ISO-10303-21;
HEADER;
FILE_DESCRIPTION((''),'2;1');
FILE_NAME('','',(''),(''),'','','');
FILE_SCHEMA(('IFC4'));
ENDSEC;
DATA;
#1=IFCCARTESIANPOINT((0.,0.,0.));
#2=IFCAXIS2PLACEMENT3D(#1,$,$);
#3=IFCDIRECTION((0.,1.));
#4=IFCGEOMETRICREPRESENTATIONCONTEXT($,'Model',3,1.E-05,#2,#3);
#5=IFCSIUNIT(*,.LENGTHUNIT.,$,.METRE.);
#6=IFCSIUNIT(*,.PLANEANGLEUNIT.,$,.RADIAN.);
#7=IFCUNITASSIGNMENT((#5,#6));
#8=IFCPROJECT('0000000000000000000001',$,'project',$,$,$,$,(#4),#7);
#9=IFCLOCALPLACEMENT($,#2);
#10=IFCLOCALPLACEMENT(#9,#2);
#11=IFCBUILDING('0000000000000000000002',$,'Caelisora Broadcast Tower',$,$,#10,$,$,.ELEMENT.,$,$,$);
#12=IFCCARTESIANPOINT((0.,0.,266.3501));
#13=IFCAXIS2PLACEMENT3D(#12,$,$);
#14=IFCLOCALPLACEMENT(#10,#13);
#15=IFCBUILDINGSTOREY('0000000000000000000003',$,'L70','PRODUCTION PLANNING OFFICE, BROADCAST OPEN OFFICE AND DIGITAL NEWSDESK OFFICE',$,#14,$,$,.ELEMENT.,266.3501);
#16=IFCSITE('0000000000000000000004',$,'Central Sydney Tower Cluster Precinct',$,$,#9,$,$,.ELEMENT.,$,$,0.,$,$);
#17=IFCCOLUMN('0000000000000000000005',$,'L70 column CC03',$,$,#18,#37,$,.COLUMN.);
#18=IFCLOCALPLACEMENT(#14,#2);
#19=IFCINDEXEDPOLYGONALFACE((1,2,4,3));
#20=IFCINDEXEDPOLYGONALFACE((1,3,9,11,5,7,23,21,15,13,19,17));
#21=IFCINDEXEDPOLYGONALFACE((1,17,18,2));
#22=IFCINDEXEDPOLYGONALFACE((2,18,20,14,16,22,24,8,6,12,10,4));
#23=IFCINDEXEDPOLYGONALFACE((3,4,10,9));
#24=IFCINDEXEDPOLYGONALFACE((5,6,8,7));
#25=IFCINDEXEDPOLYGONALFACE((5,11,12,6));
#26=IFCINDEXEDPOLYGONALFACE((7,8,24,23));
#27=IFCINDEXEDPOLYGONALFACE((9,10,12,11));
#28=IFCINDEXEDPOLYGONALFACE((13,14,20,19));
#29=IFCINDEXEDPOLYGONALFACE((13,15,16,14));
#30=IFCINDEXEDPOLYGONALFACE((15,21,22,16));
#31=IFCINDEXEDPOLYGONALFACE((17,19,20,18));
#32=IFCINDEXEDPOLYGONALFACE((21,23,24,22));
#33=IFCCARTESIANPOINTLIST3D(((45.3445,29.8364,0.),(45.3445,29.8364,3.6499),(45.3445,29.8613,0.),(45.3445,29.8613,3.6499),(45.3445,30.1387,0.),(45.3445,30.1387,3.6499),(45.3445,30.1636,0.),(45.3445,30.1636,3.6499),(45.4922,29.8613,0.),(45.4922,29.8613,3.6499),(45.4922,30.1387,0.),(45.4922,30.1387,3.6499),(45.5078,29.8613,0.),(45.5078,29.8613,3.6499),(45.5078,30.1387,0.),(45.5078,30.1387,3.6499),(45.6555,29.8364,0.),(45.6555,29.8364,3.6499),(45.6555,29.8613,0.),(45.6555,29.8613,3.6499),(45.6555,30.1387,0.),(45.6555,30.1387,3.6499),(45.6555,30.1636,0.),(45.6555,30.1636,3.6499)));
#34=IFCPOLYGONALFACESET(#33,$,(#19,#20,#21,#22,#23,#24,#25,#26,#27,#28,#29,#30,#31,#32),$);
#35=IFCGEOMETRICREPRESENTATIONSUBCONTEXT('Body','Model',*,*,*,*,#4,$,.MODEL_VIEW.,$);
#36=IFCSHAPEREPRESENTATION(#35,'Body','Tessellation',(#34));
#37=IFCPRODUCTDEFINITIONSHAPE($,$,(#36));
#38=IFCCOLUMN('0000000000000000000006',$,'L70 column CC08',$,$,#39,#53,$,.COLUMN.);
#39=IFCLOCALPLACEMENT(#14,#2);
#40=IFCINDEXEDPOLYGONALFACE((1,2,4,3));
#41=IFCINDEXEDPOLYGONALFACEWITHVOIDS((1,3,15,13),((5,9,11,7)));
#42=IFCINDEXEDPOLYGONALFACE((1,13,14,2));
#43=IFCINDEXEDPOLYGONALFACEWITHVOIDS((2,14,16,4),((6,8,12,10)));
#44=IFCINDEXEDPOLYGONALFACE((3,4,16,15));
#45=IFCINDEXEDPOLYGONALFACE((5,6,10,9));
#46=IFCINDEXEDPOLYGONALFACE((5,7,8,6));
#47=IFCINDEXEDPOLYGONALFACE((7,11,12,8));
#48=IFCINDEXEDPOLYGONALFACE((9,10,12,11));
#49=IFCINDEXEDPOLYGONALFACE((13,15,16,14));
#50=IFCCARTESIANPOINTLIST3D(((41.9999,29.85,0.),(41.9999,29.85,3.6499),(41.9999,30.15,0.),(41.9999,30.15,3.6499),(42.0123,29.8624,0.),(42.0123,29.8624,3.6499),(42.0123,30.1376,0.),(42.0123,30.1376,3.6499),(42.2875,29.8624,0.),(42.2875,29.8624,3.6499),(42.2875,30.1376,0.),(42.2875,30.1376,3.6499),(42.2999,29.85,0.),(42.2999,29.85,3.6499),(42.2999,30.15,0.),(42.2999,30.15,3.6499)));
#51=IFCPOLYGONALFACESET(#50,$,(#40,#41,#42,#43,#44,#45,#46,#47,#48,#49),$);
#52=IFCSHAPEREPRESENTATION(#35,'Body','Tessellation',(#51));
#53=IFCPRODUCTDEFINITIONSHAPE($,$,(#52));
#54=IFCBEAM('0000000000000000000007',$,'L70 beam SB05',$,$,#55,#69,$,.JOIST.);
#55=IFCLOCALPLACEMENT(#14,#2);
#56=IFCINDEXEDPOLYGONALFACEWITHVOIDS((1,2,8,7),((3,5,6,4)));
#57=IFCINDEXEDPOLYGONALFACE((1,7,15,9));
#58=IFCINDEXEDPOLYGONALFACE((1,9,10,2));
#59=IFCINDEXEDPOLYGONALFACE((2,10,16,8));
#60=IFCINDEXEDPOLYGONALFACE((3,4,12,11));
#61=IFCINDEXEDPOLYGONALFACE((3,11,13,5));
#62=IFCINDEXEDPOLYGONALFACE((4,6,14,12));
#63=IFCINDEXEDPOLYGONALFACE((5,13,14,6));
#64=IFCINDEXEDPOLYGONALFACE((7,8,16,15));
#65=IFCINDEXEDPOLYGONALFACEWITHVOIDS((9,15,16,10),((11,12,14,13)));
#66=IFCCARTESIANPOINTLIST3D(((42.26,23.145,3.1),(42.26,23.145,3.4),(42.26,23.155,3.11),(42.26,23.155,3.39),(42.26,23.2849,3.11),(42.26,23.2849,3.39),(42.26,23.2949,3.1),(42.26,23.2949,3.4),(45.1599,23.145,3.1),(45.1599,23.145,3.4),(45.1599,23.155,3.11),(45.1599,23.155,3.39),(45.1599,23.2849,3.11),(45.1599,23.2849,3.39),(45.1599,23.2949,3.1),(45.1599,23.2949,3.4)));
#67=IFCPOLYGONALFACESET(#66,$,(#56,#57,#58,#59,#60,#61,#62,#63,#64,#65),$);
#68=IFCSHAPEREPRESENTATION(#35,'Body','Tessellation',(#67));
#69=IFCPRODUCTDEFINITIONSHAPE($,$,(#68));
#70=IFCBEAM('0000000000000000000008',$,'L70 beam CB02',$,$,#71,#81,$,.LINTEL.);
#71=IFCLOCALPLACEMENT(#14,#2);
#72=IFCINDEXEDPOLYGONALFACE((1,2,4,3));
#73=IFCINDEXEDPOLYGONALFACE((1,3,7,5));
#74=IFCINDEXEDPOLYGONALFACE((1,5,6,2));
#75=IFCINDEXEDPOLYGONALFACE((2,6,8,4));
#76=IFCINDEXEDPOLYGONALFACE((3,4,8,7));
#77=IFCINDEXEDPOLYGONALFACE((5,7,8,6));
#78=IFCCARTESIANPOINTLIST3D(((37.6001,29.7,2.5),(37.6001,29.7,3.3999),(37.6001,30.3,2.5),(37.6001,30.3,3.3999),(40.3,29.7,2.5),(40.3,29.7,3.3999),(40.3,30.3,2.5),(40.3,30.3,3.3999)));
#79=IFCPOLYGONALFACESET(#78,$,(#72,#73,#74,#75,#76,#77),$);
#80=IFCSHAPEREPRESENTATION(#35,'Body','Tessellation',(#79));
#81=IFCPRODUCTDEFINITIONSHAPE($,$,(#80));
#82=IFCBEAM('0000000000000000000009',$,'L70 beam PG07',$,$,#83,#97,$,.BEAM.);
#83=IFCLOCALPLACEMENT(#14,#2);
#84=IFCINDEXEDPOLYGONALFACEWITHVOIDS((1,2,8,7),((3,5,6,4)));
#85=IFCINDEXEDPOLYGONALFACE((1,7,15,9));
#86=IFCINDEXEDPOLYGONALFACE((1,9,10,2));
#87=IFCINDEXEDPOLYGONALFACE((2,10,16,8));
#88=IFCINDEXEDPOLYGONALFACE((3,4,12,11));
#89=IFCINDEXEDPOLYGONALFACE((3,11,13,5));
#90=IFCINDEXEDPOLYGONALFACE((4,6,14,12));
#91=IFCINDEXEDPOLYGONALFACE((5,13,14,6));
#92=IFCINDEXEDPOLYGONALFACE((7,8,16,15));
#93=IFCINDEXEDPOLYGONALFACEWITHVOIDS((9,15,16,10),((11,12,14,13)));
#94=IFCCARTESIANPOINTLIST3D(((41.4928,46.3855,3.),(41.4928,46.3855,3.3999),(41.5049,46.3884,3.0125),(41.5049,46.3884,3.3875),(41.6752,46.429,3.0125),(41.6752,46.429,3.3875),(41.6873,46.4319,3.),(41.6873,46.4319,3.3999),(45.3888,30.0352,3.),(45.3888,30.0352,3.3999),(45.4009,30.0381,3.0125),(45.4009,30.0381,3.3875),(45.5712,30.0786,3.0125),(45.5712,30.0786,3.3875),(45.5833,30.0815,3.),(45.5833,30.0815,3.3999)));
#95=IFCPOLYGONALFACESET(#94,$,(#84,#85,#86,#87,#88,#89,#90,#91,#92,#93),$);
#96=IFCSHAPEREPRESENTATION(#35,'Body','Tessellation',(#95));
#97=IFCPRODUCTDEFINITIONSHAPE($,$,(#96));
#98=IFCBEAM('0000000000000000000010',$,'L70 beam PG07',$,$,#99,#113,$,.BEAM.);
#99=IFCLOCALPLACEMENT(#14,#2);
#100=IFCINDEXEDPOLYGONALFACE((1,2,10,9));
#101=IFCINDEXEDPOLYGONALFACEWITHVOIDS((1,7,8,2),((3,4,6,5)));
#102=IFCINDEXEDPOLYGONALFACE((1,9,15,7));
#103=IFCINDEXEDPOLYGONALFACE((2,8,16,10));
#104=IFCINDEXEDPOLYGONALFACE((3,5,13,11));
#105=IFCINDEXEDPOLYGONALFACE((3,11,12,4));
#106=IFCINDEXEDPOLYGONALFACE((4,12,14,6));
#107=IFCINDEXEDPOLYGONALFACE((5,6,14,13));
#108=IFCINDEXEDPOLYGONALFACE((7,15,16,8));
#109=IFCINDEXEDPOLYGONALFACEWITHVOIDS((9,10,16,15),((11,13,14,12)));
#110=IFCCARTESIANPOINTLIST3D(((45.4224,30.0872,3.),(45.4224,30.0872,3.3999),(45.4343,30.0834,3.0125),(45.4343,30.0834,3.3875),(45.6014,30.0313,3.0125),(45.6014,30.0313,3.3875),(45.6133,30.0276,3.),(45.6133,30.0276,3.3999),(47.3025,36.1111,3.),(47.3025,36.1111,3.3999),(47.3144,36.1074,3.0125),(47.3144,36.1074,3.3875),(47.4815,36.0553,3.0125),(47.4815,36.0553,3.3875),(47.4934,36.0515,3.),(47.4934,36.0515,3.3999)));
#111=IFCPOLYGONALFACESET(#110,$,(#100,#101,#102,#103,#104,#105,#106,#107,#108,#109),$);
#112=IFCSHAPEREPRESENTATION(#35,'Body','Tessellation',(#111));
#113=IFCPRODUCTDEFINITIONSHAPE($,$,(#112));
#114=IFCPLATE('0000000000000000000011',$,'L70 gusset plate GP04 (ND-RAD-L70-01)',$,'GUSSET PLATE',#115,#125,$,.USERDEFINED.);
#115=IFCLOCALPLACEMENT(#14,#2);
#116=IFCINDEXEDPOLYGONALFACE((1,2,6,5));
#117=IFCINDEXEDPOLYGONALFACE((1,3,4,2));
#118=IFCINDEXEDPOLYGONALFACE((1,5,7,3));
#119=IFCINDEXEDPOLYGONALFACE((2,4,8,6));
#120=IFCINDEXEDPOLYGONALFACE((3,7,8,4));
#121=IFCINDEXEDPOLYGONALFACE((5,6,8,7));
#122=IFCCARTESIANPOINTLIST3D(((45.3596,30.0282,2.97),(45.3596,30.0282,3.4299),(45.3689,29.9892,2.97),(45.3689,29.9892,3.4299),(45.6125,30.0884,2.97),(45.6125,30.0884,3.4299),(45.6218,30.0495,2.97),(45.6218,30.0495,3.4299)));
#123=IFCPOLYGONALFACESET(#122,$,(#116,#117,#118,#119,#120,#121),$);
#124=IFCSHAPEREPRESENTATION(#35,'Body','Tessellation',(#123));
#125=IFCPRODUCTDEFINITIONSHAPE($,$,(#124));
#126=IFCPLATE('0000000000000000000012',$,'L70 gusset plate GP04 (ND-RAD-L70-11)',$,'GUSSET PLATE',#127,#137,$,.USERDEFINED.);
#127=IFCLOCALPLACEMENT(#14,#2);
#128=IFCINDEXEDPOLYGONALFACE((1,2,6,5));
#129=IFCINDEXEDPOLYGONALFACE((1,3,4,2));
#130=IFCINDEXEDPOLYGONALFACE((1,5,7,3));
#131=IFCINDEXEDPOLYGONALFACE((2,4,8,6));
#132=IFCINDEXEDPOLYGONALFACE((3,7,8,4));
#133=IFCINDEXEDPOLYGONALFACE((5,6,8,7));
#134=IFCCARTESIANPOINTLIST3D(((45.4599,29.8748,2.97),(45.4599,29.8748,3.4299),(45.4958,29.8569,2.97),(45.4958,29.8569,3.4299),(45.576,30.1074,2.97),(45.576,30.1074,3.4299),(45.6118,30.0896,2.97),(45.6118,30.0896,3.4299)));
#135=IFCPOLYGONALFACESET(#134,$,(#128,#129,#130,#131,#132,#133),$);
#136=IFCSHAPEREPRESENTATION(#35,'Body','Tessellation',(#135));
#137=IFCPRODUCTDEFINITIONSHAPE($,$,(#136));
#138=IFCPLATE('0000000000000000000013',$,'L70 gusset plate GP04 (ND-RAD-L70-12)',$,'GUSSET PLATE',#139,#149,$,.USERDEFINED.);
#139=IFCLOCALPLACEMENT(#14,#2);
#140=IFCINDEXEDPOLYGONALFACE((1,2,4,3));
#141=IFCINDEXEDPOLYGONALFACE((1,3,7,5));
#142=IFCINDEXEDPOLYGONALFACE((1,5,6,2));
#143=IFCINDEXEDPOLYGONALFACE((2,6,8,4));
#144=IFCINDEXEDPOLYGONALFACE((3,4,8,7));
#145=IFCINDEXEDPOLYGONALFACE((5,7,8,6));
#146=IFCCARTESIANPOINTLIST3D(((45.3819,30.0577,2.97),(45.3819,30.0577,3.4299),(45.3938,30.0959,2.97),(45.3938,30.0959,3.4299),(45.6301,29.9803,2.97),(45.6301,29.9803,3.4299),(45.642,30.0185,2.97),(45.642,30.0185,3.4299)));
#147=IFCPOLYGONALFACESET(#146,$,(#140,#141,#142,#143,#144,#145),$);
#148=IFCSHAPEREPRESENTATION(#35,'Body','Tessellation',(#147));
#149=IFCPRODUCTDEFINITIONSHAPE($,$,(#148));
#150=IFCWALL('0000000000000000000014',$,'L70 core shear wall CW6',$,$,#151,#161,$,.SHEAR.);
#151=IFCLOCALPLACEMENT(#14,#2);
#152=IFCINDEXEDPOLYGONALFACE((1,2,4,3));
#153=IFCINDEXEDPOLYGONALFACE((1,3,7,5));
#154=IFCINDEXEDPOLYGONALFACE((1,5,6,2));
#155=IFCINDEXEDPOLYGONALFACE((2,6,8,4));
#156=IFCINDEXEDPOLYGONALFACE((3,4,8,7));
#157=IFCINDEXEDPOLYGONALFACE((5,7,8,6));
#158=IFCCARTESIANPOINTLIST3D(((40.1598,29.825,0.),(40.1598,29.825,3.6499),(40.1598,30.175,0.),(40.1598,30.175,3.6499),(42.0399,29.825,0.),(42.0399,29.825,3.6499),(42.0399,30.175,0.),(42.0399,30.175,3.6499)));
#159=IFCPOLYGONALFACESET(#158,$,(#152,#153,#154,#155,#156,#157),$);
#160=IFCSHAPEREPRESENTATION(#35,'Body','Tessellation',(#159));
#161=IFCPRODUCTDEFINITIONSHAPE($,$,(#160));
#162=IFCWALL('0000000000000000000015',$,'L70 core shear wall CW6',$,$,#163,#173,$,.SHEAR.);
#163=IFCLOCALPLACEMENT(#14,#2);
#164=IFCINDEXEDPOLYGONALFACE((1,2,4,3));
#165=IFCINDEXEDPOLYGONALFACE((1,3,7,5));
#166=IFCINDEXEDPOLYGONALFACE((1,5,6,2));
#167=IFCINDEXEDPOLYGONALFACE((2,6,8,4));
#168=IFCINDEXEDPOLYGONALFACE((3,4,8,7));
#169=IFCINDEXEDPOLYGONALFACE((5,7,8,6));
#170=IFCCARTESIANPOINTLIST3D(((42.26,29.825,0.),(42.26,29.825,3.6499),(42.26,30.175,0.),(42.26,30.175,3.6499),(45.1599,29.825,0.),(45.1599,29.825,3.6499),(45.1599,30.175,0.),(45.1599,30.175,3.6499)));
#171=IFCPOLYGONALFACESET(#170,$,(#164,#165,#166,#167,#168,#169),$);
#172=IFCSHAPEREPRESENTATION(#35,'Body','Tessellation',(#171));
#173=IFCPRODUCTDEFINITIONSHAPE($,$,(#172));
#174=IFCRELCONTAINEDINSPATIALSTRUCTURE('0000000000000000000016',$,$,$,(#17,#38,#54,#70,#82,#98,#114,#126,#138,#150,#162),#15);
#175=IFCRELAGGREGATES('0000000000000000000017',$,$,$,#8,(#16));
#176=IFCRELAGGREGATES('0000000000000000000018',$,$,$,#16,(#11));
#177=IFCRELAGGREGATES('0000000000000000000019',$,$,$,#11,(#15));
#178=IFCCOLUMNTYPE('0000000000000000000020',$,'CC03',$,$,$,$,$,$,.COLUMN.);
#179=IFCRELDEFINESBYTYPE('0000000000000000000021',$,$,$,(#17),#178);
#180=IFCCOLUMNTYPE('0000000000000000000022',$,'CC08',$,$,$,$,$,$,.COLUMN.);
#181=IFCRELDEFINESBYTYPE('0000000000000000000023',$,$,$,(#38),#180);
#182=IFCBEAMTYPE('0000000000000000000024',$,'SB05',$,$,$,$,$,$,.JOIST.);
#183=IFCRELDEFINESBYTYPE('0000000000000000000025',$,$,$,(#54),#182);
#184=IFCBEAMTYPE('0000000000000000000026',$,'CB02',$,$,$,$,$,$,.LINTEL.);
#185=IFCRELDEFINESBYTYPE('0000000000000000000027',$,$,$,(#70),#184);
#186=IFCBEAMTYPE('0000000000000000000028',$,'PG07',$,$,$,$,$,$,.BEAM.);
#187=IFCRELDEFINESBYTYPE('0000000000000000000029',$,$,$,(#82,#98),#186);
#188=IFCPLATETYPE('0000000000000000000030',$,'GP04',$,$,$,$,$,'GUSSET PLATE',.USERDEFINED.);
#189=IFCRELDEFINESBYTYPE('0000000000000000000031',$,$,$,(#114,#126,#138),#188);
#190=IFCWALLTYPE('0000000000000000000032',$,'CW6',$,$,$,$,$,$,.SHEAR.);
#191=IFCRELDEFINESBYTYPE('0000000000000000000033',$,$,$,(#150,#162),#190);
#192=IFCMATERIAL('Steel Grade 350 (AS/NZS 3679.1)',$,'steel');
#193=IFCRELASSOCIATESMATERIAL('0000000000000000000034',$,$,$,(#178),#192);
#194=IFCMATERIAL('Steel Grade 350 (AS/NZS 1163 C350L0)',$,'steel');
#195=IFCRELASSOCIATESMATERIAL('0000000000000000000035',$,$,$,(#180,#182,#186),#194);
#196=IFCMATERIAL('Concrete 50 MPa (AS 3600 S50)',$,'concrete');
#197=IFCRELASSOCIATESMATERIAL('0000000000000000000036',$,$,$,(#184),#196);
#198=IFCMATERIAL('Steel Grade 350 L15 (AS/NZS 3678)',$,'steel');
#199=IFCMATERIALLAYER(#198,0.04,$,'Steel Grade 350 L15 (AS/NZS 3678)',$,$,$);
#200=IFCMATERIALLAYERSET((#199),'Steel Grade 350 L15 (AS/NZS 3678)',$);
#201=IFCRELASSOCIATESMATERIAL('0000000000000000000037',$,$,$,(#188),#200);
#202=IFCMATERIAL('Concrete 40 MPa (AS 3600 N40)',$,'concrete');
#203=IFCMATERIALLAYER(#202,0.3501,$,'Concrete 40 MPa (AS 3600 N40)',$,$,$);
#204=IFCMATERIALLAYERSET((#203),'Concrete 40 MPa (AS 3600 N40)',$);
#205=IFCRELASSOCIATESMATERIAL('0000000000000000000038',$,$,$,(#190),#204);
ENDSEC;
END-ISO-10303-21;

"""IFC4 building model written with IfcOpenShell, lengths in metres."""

from ifc_helpers import new_model, si_unit, direction, frame, frame_2d, origin, origin_2d, place, context, subcontext, project, spatial, rectangle, hollow_rectangle, i_section, extrude, source, transform, mapped, material, layer, layer_set, material_profile, profile_set, type_object, type_shapes, element, save


model = new_model("IFC4")

# Units and contexts
model_context = context("Model", 3, precision=1e-05, world=origin(), true_north=direction((0.0, 1.0)))
body_context = subcontext(model_context, "Body", "Model", "MODEL_VIEW")
ifc_project = project(units=[si_unit("LENGTHUNIT", "METRE"), si_unit("PLANEANGLEUNIT", "RADIAN")], contexts=[model_context])

# Site, building, storey
site_placement = place(None, origin())
site = spatial("IfcSite", under=ifc_project, at=site_placement, Name="Central Sydney Tower Cluster Precinct", CompositionType="ELEMENT", RefElevation=0.0)
building_placement = place(site_placement, origin())
building = spatial("IfcBuilding", under=site, at=building_placement, Name="Caelisora Broadcast Tower", CompositionType="ELEMENT")
storey_placement = place(building_placement, frame((0.0, 0.0, 266.3501)))
storey = spatial("IfcBuildingStorey", under=building, at=storey_placement, Name="L70", Description="PRODUCTION PLANNING OFFICE, BROADCAST OPEN OFFICE AND DIGITAL NEWSDESK OFFICE", CompositionType="ELEMENT", Elevation=266.3501)

# Columns
ifc_material_1 = material(Name="Steel Grade 350 (AS/NZS 3679.1)", Category="steel")
ifc_material_profile_1 = material_profile(ifc_material_1, i_section(OverallWidth=0.311, OverallDepth=0.3271, WebThickness=0.0156, FlangeThickness=0.0249, at=origin_2d()), Name="Steel Grade 350 (AS/NZS 3679.1)")
ifc_profile_set_1 = profile_set([ifc_material_profile_1], Name="Steel Grade 350 (AS/NZS 3679.1)")
column_type_1 = type_object("IfcColumnType", Name="CC03", PredefinedType="COLUMN", material=ifc_profile_set_1)
shared_shape_1 = source(origin(), body_context, "Body", "SweptSolid", [
    extrude(i_section(OverallWidth=0.311, OverallDepth=0.3271, WebThickness=0.0156, FlangeThickness=0.0249, at=origin_2d()), origin(), (0.0, 0.0, 1.0), 3.6499),
])
type_shapes(column_type_1, [shared_shape_1])
column_1_placement = place(storey_placement, frame((45.5, 30.0, 0.0), z_axis=(0.0, 0.0, 1.0), x_axis=(1.0, 0.0, 0.0)))
element("IfcColumn", 1, at=column_1_placement, inside=storey, type_object=column_type_1, Name="L70 column CC03", PredefinedType="COLUMN", context=body_context, shape_type="MappedRepresentation", body=[
    mapped(shared_shape_1, transform((0.0, 0.0, 0.0), scale=1.0)),
])
ifc_material_2 = material(Name="Steel Grade 350 (AS/NZS 1163 C350L0)", Category="steel")
ifc_material_profile_2 = material_profile(ifc_material_2, hollow_rectangle(XDim=0.3, YDim=0.3, WallThickness=0.0125, at=origin_2d()), Name="Steel Grade 350 (AS/NZS 1163 C350L0)")
ifc_profile_set_2 = profile_set([ifc_material_profile_2], Name="Steel Grade 350 (AS/NZS 1163 C350L0)")
column_type_2 = type_object("IfcColumnType", Name="CC08", PredefinedType="COLUMN", material=ifc_profile_set_2)
shared_shape_2 = source(origin(), body_context, "Body", "SweptSolid", [
    extrude(hollow_rectangle(XDim=0.3, YDim=0.3, WallThickness=0.0125, at=origin_2d()), origin(), (0.0, 0.0, 1.0), 3.6499),
])
type_shapes(column_type_2, [shared_shape_2])
column_2_placement = place(storey_placement, frame((42.1499, 30.0, 0.0), z_axis=(0.0, 0.0, 1.0), x_axis=(1.0, 0.0, 0.0)))
element("IfcColumn", 2, at=column_2_placement, inside=storey, type_object=column_type_2, Name="L70 column CC08", PredefinedType="COLUMN", context=body_context, shape_type="MappedRepresentation", body=[
    mapped(shared_shape_2, transform((0.0, 0.0, 0.0), scale=1.0)),
])

# Beams
ifc_material_profile_3 = material_profile(ifc_material_2, hollow_rectangle(XDim=0.1499, YDim=0.3, WallThickness=0.01, at=origin_2d()), Name="Steel Grade 350 (AS/NZS 1163 C350L0)")
ifc_profile_set_3 = profile_set([ifc_material_profile_3], Name="Steel Grade 350 (AS/NZS 1163 C350L0)")
beam_type_1 = type_object("IfcBeamType", Name="SB05", PredefinedType="JOIST", material=ifc_profile_set_3)
shared_shape_3 = source(origin(), body_context, "Body", "SweptSolid", [
    extrude(hollow_rectangle(XDim=0.1499, YDim=0.3, WallThickness=0.01, at=origin_2d()), origin(), (0.0, 0.0, 1.0), 2.8999),
])
type_shapes(beam_type_1, [shared_shape_3])
beam_1_placement = place(storey_placement, frame((42.26, 23.22, 3.25), z_axis=(1.0, 0.0, 0.0), x_axis=(0.0, 1.0, 0.0)))
element("IfcBeam", 3, at=beam_1_placement, inside=storey, type_object=beam_type_1, Name="L70 beam SB05", PredefinedType="JOIST", context=body_context, shape_type="MappedRepresentation", body=[
    mapped(shared_shape_3, transform((0.0, 0.0, 0.0), scale=1.0)),
])
ifc_material_3 = material(Name="Concrete 50 MPa (AS 3600 S50)", Category="concrete")
ifc_material_profile_4 = material_profile(ifc_material_3, rectangle(XDim=0.6001, YDim=0.8999, at=origin_2d()), Name="Concrete 50 MPa (AS 3600 S50)")
ifc_profile_set_4 = profile_set([ifc_material_profile_4], Name="Concrete 50 MPa (AS 3600 S50)")
beam_type_2 = type_object("IfcBeamType", Name="CB02", PredefinedType="LINTEL", material=ifc_profile_set_4)
shared_shape_4 = source(origin(), body_context, "Body", "SweptSolid", [
    extrude(rectangle(XDim=0.6001, YDim=0.8999, at=origin_2d()), origin(), (0.0, 0.0, 1.0), 2.7),
])
type_shapes(beam_type_2, [shared_shape_4])
beam_2_placement = place(storey_placement, frame((37.6001, 30.0, 2.95), z_axis=(1.0, 0.0, 0.0), x_axis=(0.0, 1.0, 0.0)))
element("IfcBeam", 4, at=beam_2_placement, inside=storey, type_object=beam_type_2, Name="L70 beam CB02", PredefinedType="LINTEL", context=body_context, shape_type="MappedRepresentation", body=[
    mapped(shared_shape_4, transform((0.0, 0.0, 0.0), scale=1.0)),
])
ifc_material_profile_5 = material_profile(ifc_material_2, hollow_rectangle(XDim=0.2, YDim=0.3999, WallThickness=0.0125, at=origin_2d()), Name="Steel Grade 350 (AS/NZS 1163 C350L0)")
ifc_profile_set_5 = profile_set([ifc_material_profile_5], Name="Steel Grade 350 (AS/NZS 1163 C350L0)")
beam_type_3 = type_object("IfcBeamType", Name="PG07", PredefinedType="BEAM", material=ifc_profile_set_5)
shared_shape_5 = source(origin(), body_context, "Body", "SweptSolid", [
    extrude(hollow_rectangle(XDim=0.2, YDim=0.3999, WallThickness=0.0125, at=origin_2d()), origin(), (0.0, 0.0, 1.0), 16.8081),
])
beam_3_placement = place(storey_placement, frame((45.4861, 30.0583, 3.2), z_axis=(-0.231793, 0.972765, 0.0), x_axis=(-0.972765, -0.231793, 0.0)))
element("IfcBeam", 5, at=beam_3_placement, inside=storey, type_object=beam_type_3, Name="L70 beam PG07", PredefinedType="BEAM", context=body_context, shape_type="MappedRepresentation", body=[
    mapped(shared_shape_5, transform((0.0, 0.0, 0.0), scale=1.0)),
])
shared_shape_6 = source(origin(), body_context, "Body", "SweptSolid", [
    extrude(hollow_rectangle(XDim=0.2, YDim=0.3999, WallThickness=0.0125, at=origin_2d()), origin(), (0.0, 0.0, 1.0), 6.3105),
])
type_shapes(beam_type_3, [shared_shape_5, shared_shape_6])
beam_4_placement = place(storey_placement, frame((45.5178, 30.0574, 3.2), z_axis=(0.297936, 0.954586, 0.0), x_axis=(-0.954586, 0.297936, 0.0)))
element("IfcBeam", 6, at=beam_4_placement, inside=storey, type_object=beam_type_3, Name="L70 beam PG07", PredefinedType="BEAM", context=body_context, shape_type="MappedRepresentation", body=[
    mapped(shared_shape_6, transform((0.0, 0.0, 0.0), scale=1.0)),
])

# Plates
ifc_material_4 = material(Name="Steel Grade 350 L15 (AS/NZS 3678)", Category="steel")
ifc_layer_1 = layer(ifc_material_4, 0.04, Name="Steel Grade 350 L15 (AS/NZS 3678)")
ifc_layer_set_1 = layer_set([ifc_layer_1], Name="Steel Grade 350 L15 (AS/NZS 3678)")
plate_type = type_object("IfcPlateType", Name="GP04", ElementType="GUSSET PLATE", PredefinedType="USERDEFINED", material=ifc_layer_set_1)
shared_shape_7 = source(origin(), body_context, "Body", "SweptSolid", [
    extrude(rectangle(XDim=0.26, YDim=0.04, at=origin_2d()), origin(), (0.0, 0.0, 1.0), 0.46),
])
type_shapes(plate_type, [shared_shape_7])
for number, where, z_axis, x_axis, name in (
    (7, (45.4907, 30.0388, 2.97), (0.0, 0.0, 1.0), (-0.972776, -0.231748, 0.0), "L70 gusset plate GP04 (ND-RAD-L70-01)"),
    (8, (45.5359, 29.9822, 2.97), (0.0, 0.0, 1.0), (0.446354, 0.894856, 0.0), "L70 gusset plate GP04 (ND-RAD-L70-11)"),
    (9, (45.512, 30.0381, 2.97), (0.0, 0.0, 1.0), (-0.954605, 0.297875, 0.0), "L70 gusset plate GP04 (ND-RAD-L70-12)"),
):
    element("IfcPlate", number, at=place(storey_placement, frame(where, z_axis=z_axis, x_axis=x_axis)), inside=storey, type_object=plate_type, Name=name, ObjectType="GUSSET PLATE", PredefinedType="USERDEFINED", context=body_context, shape_type="MappedRepresentation", body=[
        mapped(shared_shape_7, transform((0.0, 0.0, 0.0), scale=1.0)),
    ])

# Walls
ifc_material_5 = material(Name="Concrete 40 MPa (AS 3600 N40)", Category="concrete")
ifc_layer_2 = layer(ifc_material_5, 0.3501, Name="Concrete 40 MPa (AS 3600 N40)")
ifc_layer_set_2 = layer_set([ifc_layer_2], Name="Concrete 40 MPa (AS 3600 N40)")
wall_type_1 = type_object("IfcWallType", Name="CW6", PredefinedType="SHEAR", material=ifc_layer_set_2)
wall_1_placement = place(storey_placement, frame((40.1599, 30.0, 0.0), z_axis=(0.0, 0.0, 1.0), x_axis=(1.0, 0.0, 0.0)))
element("IfcWall", 10, at=wall_1_placement, inside=storey, type_object=wall_type_1, Name="L70 core shear wall CW6", PredefinedType="SHEAR", context=body_context, shape_type="SweptSolid", body=[
    extrude(rectangle(XDim=1.8801, YDim=0.3501, at=frame_2d((0.9399, 0.0))), origin(), (0.0, 0.0, 1.0), 3.6499),
])
wall_2_placement = place(storey_placement, frame((42.26, 30.0, 0.0), z_axis=(0.0, 0.0, 1.0), x_axis=(1.0, 0.0, 0.0)))
element("IfcWall", 11, at=wall_2_placement, inside=storey, type_object=wall_type_1, Name="L70 core shear wall CW6", PredefinedType="SHEAR", context=body_context, shape_type="SweptSolid", body=[
    extrude(rectangle(XDim=2.8999, YDim=0.3501, at=frame_2d((1.45, 0.0))), origin(), (0.0, 0.0, 1.0), 3.6499),
])

save(model, "model.ifc")
